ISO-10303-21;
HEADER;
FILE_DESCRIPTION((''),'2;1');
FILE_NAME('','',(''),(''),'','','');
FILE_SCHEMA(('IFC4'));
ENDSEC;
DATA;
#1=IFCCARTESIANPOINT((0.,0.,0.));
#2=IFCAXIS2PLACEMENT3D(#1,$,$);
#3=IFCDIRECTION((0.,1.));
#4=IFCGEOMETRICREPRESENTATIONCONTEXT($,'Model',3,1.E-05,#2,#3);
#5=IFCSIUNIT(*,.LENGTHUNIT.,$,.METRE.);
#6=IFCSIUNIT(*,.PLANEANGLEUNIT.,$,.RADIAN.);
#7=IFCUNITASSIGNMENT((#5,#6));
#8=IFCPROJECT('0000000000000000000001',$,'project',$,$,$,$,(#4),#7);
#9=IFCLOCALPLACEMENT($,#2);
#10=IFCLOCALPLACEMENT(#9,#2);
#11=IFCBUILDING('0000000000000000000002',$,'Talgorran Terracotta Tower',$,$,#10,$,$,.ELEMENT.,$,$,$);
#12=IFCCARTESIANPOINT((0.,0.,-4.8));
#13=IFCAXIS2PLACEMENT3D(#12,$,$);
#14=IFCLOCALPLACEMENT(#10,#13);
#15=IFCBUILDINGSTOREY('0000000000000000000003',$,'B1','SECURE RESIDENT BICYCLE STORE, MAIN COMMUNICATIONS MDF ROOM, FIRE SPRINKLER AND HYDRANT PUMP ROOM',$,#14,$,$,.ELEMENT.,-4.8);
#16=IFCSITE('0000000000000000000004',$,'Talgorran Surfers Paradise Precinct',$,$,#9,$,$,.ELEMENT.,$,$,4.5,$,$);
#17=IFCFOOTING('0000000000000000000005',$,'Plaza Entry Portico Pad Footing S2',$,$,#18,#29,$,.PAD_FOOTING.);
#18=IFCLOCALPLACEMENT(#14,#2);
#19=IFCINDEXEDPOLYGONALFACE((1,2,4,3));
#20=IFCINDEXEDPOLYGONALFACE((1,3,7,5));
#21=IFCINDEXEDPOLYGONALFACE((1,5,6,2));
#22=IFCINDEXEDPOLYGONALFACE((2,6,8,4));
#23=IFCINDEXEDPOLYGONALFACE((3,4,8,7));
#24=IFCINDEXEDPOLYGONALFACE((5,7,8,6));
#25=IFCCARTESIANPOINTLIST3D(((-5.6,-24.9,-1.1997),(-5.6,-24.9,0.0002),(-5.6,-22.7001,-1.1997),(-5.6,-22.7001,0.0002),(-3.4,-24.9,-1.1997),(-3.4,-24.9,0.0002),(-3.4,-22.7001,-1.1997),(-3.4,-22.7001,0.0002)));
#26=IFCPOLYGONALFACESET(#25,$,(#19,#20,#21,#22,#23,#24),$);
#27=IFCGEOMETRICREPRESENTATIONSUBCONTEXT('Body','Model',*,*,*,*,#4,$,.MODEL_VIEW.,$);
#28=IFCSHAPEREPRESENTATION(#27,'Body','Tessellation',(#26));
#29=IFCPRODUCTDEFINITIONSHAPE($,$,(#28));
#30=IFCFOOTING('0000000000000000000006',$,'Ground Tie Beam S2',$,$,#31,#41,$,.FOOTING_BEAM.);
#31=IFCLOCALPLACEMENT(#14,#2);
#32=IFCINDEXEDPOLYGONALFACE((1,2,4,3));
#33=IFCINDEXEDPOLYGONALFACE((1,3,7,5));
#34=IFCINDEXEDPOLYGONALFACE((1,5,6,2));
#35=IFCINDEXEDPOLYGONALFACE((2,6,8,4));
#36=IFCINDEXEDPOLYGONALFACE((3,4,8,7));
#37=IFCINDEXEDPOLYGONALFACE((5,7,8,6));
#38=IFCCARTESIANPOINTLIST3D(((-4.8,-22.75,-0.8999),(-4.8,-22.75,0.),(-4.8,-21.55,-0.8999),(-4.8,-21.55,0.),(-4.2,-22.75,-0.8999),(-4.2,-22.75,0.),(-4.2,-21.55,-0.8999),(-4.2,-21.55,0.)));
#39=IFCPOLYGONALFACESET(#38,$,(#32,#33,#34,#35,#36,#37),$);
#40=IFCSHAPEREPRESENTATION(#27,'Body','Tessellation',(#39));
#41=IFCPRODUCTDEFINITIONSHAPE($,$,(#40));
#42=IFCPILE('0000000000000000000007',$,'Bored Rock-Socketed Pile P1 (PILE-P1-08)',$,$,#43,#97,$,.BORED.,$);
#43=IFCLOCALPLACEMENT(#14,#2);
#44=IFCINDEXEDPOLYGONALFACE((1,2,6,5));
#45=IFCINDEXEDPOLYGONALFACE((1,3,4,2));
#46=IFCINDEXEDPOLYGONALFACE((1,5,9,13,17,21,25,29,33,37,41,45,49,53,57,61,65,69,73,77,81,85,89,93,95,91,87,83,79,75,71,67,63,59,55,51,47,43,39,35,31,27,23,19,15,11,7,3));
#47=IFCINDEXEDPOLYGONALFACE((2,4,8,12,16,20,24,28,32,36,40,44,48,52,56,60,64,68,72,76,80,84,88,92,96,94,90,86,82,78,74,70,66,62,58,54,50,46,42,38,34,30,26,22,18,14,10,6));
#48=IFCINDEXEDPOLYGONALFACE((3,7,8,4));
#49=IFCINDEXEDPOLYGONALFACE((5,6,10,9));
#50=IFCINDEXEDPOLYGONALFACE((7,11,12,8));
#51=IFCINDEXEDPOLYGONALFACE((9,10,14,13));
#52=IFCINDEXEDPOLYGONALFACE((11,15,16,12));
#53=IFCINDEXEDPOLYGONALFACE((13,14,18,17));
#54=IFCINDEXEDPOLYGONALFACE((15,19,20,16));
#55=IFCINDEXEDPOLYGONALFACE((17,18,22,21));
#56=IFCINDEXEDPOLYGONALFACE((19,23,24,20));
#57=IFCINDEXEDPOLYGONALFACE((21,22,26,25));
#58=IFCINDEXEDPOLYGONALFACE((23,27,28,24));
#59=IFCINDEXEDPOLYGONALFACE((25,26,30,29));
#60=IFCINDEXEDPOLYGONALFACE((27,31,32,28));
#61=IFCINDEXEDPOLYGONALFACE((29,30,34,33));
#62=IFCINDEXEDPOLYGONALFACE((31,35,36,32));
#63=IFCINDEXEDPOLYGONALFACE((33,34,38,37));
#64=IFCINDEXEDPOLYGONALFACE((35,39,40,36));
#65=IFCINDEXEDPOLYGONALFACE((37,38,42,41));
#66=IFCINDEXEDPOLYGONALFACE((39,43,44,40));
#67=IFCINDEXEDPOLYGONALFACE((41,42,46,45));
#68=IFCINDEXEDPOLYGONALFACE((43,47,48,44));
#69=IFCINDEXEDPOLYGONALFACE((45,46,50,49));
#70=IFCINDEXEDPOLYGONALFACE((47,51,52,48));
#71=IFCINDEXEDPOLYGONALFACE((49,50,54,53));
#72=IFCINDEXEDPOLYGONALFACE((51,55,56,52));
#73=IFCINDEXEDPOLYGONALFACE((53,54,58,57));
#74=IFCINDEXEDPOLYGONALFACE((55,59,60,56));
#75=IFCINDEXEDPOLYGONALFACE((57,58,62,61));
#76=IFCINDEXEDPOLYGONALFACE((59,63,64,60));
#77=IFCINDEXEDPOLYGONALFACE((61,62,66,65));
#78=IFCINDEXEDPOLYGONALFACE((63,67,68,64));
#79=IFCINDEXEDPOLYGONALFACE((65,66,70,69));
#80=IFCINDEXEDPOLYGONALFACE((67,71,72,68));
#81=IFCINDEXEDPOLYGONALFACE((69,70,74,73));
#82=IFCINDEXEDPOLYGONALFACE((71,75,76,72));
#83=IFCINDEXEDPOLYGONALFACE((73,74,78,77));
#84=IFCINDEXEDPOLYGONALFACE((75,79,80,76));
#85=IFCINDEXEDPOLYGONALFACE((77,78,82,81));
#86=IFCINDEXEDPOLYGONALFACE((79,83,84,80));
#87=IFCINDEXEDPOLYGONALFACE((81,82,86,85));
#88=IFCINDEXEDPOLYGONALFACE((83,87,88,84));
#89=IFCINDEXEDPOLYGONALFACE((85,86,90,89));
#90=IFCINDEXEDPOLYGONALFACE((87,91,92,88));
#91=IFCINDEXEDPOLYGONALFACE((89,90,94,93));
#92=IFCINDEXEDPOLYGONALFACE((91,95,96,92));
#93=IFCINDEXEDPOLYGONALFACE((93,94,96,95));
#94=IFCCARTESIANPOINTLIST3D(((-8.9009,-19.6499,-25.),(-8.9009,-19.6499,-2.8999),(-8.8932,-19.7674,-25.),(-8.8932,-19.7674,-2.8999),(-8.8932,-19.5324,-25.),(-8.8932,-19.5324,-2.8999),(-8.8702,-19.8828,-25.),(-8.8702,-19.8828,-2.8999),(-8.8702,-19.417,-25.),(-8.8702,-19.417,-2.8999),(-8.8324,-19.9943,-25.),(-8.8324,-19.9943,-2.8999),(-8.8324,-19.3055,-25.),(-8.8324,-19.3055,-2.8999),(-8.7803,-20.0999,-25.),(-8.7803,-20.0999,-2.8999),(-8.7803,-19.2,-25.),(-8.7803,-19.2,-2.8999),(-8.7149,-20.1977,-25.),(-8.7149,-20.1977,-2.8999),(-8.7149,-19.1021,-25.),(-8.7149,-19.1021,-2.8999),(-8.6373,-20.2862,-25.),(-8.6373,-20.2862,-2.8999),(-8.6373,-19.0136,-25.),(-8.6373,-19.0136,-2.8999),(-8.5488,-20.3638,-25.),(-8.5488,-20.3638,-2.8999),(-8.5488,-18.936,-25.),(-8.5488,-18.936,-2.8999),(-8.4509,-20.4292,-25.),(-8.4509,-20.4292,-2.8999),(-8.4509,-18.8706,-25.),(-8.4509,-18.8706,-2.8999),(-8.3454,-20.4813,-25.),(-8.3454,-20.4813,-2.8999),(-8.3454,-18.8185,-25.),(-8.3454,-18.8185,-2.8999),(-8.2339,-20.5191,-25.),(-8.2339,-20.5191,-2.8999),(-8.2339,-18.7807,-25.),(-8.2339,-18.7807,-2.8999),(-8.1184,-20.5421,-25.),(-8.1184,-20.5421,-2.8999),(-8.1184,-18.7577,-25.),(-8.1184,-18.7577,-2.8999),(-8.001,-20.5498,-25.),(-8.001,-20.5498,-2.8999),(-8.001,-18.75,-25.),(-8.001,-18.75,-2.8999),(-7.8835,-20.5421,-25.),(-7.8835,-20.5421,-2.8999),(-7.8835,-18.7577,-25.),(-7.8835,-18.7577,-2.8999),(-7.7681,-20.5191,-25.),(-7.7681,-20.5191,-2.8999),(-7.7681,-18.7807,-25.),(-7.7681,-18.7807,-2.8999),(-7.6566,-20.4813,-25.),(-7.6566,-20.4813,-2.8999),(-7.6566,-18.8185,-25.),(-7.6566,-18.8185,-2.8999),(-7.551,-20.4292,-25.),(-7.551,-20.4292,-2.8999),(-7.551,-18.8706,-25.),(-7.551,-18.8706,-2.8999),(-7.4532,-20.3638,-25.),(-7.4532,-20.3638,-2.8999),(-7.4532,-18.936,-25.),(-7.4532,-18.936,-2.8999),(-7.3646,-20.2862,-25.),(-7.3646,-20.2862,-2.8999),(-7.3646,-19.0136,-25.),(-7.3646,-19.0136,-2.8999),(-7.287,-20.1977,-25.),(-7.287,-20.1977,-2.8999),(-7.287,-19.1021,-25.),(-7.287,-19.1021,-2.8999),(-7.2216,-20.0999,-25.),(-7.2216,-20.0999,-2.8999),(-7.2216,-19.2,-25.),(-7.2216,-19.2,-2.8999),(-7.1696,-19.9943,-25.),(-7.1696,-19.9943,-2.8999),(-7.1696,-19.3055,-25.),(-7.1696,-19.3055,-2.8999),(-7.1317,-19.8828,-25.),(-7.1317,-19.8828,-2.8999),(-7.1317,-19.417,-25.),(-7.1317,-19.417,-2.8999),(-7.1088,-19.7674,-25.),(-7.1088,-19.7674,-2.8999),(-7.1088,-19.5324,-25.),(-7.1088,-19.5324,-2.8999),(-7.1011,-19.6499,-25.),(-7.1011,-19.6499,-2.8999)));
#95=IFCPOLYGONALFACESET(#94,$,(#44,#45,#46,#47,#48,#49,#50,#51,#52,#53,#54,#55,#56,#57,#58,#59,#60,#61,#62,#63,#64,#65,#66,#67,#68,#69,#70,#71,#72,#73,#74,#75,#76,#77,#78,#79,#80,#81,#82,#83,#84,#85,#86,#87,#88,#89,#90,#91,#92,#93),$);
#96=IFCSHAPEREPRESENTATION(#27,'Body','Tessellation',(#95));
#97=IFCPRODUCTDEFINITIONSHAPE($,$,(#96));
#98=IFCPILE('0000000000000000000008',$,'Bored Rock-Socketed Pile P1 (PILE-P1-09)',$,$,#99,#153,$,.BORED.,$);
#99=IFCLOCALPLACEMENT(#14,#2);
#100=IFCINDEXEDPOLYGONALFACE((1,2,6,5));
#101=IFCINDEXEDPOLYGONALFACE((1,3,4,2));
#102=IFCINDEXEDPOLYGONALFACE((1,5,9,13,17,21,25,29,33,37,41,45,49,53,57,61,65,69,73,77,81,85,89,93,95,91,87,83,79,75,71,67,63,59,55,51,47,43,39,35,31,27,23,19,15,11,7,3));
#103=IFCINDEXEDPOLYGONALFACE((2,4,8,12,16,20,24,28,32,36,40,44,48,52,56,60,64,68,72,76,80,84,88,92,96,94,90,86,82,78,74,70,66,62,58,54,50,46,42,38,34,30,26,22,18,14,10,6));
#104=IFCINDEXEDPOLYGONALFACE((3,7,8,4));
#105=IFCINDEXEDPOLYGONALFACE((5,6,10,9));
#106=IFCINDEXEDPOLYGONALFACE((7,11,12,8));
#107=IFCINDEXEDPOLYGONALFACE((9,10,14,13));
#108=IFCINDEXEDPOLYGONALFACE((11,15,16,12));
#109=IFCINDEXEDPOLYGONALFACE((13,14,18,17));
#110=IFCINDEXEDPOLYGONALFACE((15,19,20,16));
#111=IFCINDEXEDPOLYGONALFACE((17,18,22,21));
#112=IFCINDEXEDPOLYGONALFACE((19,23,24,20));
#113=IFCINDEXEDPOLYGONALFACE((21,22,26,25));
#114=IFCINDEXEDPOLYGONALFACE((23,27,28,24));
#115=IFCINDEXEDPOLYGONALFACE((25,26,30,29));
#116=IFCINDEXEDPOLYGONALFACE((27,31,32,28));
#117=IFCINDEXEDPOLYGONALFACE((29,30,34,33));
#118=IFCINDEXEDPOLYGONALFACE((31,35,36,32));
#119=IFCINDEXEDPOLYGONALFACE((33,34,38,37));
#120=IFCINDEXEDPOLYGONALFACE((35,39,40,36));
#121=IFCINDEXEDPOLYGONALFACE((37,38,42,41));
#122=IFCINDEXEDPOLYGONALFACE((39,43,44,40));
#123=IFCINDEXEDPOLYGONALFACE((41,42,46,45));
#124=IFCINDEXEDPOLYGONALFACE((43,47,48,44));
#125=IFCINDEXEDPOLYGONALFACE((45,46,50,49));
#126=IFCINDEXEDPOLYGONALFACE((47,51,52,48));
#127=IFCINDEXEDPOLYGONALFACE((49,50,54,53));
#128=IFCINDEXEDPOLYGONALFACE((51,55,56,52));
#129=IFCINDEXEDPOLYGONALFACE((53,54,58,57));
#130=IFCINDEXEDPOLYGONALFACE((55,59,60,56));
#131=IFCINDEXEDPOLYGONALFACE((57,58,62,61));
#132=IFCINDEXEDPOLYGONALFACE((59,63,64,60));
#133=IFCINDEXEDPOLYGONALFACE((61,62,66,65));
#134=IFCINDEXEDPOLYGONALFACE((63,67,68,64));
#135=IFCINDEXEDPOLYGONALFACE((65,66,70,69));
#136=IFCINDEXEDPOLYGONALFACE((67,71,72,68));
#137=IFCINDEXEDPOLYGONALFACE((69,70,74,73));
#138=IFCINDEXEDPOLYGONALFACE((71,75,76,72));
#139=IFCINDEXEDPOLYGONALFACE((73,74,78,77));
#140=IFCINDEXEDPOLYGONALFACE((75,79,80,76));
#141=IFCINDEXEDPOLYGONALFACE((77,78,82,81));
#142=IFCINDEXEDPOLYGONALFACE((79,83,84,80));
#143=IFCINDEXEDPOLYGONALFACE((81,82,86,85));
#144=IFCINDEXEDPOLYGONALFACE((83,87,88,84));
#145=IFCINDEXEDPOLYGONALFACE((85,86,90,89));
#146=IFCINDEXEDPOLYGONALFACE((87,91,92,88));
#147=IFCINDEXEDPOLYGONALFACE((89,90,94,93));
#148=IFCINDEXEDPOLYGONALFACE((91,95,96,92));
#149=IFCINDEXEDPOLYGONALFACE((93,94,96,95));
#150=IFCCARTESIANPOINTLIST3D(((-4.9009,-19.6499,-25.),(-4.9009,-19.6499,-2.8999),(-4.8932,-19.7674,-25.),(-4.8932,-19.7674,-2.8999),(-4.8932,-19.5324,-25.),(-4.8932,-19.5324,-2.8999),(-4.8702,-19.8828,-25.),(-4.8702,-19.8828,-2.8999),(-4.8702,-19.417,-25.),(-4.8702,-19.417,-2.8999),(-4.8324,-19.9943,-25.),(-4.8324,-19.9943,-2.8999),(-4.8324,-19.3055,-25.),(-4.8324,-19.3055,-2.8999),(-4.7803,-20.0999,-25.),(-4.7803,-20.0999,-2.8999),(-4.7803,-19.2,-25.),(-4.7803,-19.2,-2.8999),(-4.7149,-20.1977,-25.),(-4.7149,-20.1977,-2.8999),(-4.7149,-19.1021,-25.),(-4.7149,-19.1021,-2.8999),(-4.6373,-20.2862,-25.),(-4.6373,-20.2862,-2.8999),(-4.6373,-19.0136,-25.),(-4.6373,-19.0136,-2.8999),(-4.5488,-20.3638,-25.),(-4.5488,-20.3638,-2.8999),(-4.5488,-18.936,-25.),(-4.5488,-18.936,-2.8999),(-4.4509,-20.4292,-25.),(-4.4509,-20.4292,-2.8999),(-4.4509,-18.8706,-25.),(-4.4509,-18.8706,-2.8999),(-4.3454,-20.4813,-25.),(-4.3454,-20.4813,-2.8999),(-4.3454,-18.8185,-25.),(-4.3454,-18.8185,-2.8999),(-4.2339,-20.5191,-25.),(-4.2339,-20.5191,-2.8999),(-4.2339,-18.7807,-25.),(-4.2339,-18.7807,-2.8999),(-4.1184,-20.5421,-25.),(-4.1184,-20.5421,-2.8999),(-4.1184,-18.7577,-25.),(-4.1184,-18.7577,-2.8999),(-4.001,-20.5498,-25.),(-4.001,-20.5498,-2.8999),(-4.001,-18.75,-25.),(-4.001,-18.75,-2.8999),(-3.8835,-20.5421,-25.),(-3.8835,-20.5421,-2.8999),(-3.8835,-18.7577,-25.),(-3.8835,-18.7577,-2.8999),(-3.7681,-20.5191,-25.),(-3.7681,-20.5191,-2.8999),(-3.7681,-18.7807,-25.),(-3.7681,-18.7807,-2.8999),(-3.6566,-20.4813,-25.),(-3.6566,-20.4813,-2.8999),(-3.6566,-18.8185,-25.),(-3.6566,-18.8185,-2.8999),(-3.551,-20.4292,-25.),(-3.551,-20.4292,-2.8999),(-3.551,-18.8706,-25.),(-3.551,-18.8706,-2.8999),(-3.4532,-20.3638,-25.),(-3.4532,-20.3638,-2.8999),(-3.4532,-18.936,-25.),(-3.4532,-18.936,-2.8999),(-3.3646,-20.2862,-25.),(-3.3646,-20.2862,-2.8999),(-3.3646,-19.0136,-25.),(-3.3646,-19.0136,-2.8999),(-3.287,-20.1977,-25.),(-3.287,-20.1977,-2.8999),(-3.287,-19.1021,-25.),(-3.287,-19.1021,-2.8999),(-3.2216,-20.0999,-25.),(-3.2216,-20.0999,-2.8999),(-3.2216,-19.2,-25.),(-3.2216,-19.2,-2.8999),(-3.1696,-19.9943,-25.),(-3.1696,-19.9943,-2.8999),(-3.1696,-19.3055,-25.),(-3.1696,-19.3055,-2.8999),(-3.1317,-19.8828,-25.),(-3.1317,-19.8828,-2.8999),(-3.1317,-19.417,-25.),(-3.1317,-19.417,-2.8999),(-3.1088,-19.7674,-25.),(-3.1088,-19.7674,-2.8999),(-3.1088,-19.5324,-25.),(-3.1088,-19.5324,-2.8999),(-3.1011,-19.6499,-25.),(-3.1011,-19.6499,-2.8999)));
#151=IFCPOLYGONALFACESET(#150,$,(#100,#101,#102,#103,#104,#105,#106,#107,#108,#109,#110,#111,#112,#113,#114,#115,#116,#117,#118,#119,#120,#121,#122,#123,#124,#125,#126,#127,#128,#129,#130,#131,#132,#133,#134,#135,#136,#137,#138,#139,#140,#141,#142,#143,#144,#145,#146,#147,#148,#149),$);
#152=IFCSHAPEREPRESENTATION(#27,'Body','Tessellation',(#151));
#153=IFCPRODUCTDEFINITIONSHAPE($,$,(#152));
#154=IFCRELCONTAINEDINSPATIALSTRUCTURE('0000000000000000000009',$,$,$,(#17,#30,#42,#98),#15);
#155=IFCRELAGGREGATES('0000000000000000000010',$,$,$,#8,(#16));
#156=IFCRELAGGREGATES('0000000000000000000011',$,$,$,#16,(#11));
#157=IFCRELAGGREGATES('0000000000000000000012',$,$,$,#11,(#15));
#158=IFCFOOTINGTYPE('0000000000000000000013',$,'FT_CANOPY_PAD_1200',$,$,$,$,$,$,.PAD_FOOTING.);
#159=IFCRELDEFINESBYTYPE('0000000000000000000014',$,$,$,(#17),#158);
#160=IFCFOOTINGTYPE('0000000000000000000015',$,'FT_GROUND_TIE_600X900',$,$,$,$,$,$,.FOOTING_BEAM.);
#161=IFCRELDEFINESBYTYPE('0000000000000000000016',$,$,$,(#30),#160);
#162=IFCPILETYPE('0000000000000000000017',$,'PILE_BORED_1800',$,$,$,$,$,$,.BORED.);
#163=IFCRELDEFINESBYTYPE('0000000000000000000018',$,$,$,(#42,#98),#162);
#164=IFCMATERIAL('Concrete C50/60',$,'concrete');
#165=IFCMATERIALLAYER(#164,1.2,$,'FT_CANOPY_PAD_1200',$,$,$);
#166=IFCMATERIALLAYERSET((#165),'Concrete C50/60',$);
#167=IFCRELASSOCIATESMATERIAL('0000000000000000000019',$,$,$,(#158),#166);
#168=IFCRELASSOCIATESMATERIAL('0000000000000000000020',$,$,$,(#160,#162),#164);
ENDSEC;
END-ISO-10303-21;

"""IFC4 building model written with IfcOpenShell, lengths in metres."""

from ifc_helpers import new_model, si_unit, direction, frame, origin, origin_2d, place, context, subcontext, project, spatial, rectangle, circle, extrude, material, layer, layer_set, material_profile, profile_set, type_object, element, save


model = new_model("IFC4")

# Units and contexts
model_context = context("Model", 3, precision=1e-05, world=origin(), true_north=direction((0.0, 1.0)))
body_context = subcontext(model_context, "Body", "Model", "MODEL_VIEW")
ifc_project = project(units=[si_unit("LENGTHUNIT", "METRE"), si_unit("PLANEANGLEUNIT", "RADIAN")], contexts=[model_context])

# Site, building, storey
site_placement = place(None, origin())
site = spatial("IfcSite", under=ifc_project, at=site_placement, Name="Talgorran Surfers Paradise Precinct", CompositionType="ELEMENT", RefElevation=4.5)
building_placement = place(site_placement, origin())
building = spatial("IfcBuilding", under=site, at=building_placement, Name="Talgorran Terracotta Tower", CompositionType="ELEMENT")
storey_placement = place(building_placement, frame((0.0, 0.0, -4.8)))
storey = spatial("IfcBuildingStorey", under=building, at=storey_placement, Name="B1", Description="SECURE RESIDENT BICYCLE STORE, MAIN COMMUNICATIONS MDF ROOM, FIRE SPRINKLER AND HYDRANT PUMP ROOM", CompositionType="ELEMENT", Elevation=-4.8)

# Footings
ifc_material_1 = material(Name="Concrete C50/60", Category="concrete")
ifc_layer_1 = layer(ifc_material_1, 1.2, Name="FT_CANOPY_PAD_1200")
ifc_layer_set_1 = layer_set([ifc_layer_1], Name="Concrete C50/60")
footing_type_1 = type_object("IfcFootingType", Name="FT_CANOPY_PAD_1200", PredefinedType="PAD_FOOTING", material=ifc_layer_set_1)
footing_1_placement = place(storey_placement, frame((-4.5, -23.8, -1.1997), z_axis=(0.0, 0.0, 1.0), x_axis=(1.0, 0.0, 0.0)))
element("IfcFooting", 1, at=footing_1_placement, inside=storey, type_object=footing_type_1, Name="Plaza Entry Portico Pad Footing S2", PredefinedType="PAD_FOOTING", context=body_context, shape_type="SweptSolid", body=[
    extrude(rectangle(XDim=2.2, YDim=2.2, at=origin_2d()), origin(), (0.0, 0.0, 1.0), 1.2),
])
ifc_material_profile_1 = material_profile(ifc_material_1, rectangle(XDim=0.6001, YDim=0.8999, at=origin_2d()), Name="GB600X900")
ifc_profile_set_1 = profile_set([ifc_material_profile_1], Name="Concrete C50/60")
footing_type_2 = type_object("IfcFootingType", Name="FT_GROUND_TIE_600X900", PredefinedType="FOOTING_BEAM", material=ifc_profile_set_1)
footing_2_placement = place(storey_placement, frame((-4.5, -22.75, -0.45), z_axis=(0.0, 1.0, 0.0), x_axis=(-1.0, 0.0, 0.0)))
element("IfcFooting", 2, at=footing_2_placement, inside=storey, type_object=footing_type_2, Name="Ground Tie Beam S2", PredefinedType="FOOTING_BEAM", context=body_context, shape_type="SweptSolid", body=[
    extrude(rectangle(XDim=0.6001, YDim=0.8999, at=origin_2d()), origin(), (0.0, 0.0, 1.0), 1.2),
])

# Piles
ifc_material_profile_2 = material_profile(ifc_material_1, circle(Radius=0.8999, at=origin_2d()), Name="PILE1800")
ifc_profile_set_2 = profile_set([ifc_material_profile_2], Name="Concrete C50/60")
pile_type = type_object("IfcPileType", Name="PILE_BORED_1800", PredefinedType="BORED", material=ifc_profile_set_2)
for number, where, z_axis, x_axis, name in (
    (3, (-8.001, -19.6499, -2.8999), (0.0, 0.0, -1.0), (1.0, 0.0, 0.0), "Bored Rock-Socketed Pile P1 (PILE-P1-08)"),
    (4, (-4.001, -19.6499, -2.8999), (0.0, 0.0, -1.0), (1.0, 0.0, 0.0), "Bored Rock-Socketed Pile P1 (PILE-P1-09)"),
):
    element("IfcPile", number, at=place(storey_placement, frame(where, z_axis=z_axis, x_axis=x_axis)), inside=storey, type_object=pile_type, Name=name, PredefinedType="BORED", context=body_context, shape_type="SweptSolid", body=[
        extrude(circle(Radius=0.8999, at=origin_2d()), origin(), (0.0, 0.0, 1.0), 22.1001),
    ])

save(model, "model.ifc")
